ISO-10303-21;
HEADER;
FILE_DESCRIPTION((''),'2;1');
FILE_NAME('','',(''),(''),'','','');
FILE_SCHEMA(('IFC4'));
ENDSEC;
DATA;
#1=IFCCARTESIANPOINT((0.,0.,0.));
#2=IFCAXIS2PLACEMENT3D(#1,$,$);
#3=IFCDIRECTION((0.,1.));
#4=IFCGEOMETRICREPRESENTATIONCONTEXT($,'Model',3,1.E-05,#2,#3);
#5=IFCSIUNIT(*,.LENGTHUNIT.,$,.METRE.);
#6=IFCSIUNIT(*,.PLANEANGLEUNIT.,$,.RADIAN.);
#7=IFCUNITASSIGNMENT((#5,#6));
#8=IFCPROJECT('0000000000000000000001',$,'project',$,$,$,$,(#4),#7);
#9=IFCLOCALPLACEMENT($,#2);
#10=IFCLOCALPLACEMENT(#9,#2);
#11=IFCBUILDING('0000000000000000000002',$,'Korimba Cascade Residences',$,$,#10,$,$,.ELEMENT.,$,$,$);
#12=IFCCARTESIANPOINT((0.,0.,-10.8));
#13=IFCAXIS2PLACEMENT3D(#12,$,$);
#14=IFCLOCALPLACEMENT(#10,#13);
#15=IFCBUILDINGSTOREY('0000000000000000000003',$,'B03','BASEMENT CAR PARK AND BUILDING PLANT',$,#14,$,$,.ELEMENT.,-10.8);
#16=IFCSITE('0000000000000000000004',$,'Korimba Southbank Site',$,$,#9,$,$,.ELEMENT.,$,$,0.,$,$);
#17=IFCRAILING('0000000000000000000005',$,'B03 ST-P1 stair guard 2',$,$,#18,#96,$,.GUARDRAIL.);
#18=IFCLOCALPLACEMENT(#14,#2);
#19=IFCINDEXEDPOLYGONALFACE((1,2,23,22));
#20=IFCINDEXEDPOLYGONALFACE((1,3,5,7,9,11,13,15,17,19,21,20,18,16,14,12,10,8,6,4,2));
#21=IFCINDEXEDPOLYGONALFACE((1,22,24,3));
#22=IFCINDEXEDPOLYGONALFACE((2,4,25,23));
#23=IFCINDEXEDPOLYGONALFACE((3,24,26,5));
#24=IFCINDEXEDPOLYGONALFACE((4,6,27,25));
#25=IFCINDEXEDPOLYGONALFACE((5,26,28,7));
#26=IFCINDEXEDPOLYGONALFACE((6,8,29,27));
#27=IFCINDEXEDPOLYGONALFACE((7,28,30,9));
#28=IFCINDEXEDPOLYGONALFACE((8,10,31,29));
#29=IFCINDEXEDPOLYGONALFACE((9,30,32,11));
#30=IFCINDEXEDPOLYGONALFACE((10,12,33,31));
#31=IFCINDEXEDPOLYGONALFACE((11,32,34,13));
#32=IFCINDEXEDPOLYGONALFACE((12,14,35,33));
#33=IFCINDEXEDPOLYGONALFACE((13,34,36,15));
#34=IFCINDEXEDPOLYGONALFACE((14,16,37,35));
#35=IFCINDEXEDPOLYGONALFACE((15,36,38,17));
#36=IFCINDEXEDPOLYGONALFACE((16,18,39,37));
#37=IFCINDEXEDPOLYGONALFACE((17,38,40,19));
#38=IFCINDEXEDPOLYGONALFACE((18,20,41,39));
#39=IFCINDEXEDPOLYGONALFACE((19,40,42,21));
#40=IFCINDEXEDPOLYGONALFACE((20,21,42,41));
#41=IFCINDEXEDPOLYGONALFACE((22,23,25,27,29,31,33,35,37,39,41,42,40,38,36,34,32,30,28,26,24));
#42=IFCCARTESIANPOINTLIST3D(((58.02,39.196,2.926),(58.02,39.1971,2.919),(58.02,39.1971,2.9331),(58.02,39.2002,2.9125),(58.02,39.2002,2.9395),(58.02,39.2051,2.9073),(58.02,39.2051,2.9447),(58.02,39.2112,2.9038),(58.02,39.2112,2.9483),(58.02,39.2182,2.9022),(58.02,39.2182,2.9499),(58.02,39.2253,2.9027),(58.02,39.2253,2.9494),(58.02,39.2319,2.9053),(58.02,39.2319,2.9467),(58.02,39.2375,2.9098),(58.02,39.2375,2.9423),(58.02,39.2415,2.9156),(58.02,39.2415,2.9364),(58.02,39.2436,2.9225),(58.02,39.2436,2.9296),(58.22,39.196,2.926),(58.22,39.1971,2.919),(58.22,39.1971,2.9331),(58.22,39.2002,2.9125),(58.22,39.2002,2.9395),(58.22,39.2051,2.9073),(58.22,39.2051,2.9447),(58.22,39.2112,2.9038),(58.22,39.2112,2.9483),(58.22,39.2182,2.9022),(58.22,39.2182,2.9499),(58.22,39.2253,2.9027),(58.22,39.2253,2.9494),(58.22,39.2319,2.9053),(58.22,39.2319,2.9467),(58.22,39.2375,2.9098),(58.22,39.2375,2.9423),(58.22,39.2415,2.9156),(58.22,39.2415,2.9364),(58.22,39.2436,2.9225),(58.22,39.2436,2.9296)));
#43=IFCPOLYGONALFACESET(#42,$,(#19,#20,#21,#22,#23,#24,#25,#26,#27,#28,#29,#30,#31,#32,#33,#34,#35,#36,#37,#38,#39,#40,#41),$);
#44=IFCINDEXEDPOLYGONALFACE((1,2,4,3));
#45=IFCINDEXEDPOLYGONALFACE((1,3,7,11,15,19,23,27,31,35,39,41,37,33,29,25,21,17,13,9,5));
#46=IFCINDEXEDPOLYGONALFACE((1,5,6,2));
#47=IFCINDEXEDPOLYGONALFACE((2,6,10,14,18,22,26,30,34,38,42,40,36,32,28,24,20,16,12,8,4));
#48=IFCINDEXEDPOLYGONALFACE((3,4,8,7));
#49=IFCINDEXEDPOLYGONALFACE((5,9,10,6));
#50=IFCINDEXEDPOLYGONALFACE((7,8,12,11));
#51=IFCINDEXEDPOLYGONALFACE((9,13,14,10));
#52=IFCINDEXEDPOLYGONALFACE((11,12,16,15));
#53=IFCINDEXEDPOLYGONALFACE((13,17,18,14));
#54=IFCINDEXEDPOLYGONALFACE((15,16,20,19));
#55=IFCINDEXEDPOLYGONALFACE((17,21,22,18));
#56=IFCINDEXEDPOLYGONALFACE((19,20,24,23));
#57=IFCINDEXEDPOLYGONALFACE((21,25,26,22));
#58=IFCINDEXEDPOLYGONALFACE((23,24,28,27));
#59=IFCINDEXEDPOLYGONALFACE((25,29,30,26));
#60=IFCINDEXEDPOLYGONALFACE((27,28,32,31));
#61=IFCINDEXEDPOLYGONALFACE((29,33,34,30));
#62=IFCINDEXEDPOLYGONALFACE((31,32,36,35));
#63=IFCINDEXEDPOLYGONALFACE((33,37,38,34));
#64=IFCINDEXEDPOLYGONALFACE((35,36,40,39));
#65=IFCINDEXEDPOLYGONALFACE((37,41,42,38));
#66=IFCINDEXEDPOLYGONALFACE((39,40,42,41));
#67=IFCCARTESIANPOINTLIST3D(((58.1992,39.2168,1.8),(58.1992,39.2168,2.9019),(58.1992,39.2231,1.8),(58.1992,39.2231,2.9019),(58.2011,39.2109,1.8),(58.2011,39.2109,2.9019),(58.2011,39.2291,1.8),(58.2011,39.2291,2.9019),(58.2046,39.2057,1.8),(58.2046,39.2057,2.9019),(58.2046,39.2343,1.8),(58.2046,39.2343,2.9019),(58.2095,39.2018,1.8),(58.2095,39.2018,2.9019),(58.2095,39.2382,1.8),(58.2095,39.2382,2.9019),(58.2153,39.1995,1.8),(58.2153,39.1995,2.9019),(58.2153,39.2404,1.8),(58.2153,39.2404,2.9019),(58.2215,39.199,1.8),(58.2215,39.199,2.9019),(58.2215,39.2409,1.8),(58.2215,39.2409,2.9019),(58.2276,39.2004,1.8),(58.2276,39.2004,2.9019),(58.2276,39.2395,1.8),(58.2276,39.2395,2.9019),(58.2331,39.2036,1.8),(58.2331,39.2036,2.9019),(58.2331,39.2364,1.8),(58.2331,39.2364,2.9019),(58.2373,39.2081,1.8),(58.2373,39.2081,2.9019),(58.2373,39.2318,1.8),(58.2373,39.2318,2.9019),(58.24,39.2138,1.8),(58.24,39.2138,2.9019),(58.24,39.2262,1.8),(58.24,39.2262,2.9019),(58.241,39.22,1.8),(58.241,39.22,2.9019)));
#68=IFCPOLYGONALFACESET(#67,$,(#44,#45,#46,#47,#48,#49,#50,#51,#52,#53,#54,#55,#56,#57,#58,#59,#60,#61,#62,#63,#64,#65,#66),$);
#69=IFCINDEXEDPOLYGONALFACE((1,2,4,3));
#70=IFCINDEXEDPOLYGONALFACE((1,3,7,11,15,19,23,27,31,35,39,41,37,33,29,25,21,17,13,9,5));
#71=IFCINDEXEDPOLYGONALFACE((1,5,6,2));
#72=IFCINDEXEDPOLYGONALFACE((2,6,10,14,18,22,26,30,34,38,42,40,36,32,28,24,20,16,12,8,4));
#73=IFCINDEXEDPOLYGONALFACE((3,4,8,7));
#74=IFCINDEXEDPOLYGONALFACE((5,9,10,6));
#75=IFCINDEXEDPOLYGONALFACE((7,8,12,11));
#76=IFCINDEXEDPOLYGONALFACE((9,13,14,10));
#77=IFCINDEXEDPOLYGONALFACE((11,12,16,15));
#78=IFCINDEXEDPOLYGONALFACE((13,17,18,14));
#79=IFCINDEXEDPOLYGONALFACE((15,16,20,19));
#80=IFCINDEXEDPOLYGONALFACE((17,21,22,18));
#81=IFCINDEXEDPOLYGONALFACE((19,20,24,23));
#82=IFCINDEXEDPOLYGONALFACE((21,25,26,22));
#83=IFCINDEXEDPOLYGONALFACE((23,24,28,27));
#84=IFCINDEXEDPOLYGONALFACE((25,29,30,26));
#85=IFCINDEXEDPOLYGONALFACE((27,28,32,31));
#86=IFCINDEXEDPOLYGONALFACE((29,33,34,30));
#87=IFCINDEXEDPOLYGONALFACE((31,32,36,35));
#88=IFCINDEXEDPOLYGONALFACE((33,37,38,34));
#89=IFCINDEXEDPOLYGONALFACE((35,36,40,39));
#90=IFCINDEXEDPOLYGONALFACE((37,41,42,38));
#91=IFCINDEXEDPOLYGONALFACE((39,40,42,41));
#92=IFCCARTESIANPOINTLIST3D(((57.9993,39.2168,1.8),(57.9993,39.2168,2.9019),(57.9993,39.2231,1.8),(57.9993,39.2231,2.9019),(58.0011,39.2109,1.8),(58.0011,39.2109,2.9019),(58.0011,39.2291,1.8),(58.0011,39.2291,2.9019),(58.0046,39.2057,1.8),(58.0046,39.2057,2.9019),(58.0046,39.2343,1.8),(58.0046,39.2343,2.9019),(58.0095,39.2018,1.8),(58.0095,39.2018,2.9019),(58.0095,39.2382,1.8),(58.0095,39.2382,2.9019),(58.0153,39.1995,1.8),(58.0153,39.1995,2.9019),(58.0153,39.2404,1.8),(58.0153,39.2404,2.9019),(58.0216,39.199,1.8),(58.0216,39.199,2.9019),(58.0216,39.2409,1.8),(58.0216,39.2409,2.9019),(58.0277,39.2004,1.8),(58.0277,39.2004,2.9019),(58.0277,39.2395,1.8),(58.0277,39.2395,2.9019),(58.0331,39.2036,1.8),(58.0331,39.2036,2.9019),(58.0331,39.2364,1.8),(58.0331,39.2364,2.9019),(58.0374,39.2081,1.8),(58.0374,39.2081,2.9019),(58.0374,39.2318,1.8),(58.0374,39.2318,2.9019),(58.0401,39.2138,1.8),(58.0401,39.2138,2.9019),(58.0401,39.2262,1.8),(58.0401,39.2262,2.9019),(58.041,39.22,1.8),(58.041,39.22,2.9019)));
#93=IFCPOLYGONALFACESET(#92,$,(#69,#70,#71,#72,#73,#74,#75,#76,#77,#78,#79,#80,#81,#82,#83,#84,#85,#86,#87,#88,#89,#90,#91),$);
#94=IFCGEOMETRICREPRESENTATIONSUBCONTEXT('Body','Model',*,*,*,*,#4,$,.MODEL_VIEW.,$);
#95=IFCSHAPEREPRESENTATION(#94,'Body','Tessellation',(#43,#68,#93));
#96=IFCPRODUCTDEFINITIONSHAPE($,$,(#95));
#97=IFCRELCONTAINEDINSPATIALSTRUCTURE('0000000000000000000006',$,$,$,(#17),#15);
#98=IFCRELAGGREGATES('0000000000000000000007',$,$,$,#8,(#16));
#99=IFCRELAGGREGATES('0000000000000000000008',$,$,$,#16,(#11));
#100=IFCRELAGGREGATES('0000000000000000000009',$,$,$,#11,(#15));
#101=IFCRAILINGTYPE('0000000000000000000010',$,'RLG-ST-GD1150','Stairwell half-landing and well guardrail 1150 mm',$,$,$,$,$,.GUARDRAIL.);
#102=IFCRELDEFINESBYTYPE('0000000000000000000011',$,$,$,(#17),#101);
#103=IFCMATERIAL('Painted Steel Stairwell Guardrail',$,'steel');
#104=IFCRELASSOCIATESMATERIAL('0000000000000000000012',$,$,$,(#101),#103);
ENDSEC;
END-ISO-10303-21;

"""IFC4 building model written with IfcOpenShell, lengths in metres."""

from ifc_helpers import new_model, si_unit, direction, frame, origin, origin_2d, place, context, subcontext, project, spatial, circle, extrude, material, type_object, element, save


model = new_model("IFC4")

# Units and contexts
model_context = context("Model", 3, precision=1e-05, world=origin(), true_north=direction((0.0, 1.0)))
body_context = subcontext(model_context, "Body", "Model", "MODEL_VIEW")
ifc_project = project(units=[si_unit("LENGTHUNIT", "METRE"), si_unit("PLANEANGLEUNIT", "RADIAN")], contexts=[model_context])

# Site, building, storey
site_placement = place(None, origin())
site = spatial("IfcSite", under=ifc_project, at=site_placement, Name="Korimba Southbank Site", CompositionType="ELEMENT", RefElevation=0.0)
building_placement = place(site_placement, origin())
building = spatial("IfcBuilding", under=site, at=building_placement, Name="Korimba Cascade Residences", CompositionType="ELEMENT")
storey_placement = place(building_placement, frame((0.0, 0.0, -10.8)))
storey = spatial("IfcBuildingStorey", under=building, at=storey_placement, Name="B03", Description="BASEMENT CAR PARK AND BUILDING PLANT", CompositionType="ELEMENT", Elevation=-10.8)

# Railing
ifc_material_1 = material(Name="Painted Steel Stairwell Guardrail", Category="steel")
railing_type_1 = type_object("IfcRailingType", Name="RLG-ST-GD1150", Description="Stairwell half-landing and well guardrail 1150 mm", PredefinedType="GUARDRAIL", material=ifc_material_1)
railing_1_placement = place(storey_placement, frame((58.22, 39.22, 1.8)))
element("IfcRailing", 1, at=railing_1_placement, inside=storey, type_object=railing_type_1, Name="B03 ST-P1 stair guard 2", PredefinedType="GUARDRAIL", context=body_context, shape_type="SweptSolid", body=[
    extrude(circle(Radius=0.0239, at=origin_2d()), frame((0.0, 0.0, 1.126), z_axis=(-1.0, 0.0, 0.0), x_axis=(0.0, -1.0, 0.0)), (0.0, 0.0, 1.0), 0.2),
    extrude(circle(Radius=0.021, at=origin_2d()), origin(), (0.0, 0.0, 1.0), 1.1018),
    extrude(circle(Radius=0.021, at=origin_2d()), frame((-0.2, 0.0, 0.0)), (0.0, 0.0, 1.0), 1.1018),
])

save(model, "model.ifc")
